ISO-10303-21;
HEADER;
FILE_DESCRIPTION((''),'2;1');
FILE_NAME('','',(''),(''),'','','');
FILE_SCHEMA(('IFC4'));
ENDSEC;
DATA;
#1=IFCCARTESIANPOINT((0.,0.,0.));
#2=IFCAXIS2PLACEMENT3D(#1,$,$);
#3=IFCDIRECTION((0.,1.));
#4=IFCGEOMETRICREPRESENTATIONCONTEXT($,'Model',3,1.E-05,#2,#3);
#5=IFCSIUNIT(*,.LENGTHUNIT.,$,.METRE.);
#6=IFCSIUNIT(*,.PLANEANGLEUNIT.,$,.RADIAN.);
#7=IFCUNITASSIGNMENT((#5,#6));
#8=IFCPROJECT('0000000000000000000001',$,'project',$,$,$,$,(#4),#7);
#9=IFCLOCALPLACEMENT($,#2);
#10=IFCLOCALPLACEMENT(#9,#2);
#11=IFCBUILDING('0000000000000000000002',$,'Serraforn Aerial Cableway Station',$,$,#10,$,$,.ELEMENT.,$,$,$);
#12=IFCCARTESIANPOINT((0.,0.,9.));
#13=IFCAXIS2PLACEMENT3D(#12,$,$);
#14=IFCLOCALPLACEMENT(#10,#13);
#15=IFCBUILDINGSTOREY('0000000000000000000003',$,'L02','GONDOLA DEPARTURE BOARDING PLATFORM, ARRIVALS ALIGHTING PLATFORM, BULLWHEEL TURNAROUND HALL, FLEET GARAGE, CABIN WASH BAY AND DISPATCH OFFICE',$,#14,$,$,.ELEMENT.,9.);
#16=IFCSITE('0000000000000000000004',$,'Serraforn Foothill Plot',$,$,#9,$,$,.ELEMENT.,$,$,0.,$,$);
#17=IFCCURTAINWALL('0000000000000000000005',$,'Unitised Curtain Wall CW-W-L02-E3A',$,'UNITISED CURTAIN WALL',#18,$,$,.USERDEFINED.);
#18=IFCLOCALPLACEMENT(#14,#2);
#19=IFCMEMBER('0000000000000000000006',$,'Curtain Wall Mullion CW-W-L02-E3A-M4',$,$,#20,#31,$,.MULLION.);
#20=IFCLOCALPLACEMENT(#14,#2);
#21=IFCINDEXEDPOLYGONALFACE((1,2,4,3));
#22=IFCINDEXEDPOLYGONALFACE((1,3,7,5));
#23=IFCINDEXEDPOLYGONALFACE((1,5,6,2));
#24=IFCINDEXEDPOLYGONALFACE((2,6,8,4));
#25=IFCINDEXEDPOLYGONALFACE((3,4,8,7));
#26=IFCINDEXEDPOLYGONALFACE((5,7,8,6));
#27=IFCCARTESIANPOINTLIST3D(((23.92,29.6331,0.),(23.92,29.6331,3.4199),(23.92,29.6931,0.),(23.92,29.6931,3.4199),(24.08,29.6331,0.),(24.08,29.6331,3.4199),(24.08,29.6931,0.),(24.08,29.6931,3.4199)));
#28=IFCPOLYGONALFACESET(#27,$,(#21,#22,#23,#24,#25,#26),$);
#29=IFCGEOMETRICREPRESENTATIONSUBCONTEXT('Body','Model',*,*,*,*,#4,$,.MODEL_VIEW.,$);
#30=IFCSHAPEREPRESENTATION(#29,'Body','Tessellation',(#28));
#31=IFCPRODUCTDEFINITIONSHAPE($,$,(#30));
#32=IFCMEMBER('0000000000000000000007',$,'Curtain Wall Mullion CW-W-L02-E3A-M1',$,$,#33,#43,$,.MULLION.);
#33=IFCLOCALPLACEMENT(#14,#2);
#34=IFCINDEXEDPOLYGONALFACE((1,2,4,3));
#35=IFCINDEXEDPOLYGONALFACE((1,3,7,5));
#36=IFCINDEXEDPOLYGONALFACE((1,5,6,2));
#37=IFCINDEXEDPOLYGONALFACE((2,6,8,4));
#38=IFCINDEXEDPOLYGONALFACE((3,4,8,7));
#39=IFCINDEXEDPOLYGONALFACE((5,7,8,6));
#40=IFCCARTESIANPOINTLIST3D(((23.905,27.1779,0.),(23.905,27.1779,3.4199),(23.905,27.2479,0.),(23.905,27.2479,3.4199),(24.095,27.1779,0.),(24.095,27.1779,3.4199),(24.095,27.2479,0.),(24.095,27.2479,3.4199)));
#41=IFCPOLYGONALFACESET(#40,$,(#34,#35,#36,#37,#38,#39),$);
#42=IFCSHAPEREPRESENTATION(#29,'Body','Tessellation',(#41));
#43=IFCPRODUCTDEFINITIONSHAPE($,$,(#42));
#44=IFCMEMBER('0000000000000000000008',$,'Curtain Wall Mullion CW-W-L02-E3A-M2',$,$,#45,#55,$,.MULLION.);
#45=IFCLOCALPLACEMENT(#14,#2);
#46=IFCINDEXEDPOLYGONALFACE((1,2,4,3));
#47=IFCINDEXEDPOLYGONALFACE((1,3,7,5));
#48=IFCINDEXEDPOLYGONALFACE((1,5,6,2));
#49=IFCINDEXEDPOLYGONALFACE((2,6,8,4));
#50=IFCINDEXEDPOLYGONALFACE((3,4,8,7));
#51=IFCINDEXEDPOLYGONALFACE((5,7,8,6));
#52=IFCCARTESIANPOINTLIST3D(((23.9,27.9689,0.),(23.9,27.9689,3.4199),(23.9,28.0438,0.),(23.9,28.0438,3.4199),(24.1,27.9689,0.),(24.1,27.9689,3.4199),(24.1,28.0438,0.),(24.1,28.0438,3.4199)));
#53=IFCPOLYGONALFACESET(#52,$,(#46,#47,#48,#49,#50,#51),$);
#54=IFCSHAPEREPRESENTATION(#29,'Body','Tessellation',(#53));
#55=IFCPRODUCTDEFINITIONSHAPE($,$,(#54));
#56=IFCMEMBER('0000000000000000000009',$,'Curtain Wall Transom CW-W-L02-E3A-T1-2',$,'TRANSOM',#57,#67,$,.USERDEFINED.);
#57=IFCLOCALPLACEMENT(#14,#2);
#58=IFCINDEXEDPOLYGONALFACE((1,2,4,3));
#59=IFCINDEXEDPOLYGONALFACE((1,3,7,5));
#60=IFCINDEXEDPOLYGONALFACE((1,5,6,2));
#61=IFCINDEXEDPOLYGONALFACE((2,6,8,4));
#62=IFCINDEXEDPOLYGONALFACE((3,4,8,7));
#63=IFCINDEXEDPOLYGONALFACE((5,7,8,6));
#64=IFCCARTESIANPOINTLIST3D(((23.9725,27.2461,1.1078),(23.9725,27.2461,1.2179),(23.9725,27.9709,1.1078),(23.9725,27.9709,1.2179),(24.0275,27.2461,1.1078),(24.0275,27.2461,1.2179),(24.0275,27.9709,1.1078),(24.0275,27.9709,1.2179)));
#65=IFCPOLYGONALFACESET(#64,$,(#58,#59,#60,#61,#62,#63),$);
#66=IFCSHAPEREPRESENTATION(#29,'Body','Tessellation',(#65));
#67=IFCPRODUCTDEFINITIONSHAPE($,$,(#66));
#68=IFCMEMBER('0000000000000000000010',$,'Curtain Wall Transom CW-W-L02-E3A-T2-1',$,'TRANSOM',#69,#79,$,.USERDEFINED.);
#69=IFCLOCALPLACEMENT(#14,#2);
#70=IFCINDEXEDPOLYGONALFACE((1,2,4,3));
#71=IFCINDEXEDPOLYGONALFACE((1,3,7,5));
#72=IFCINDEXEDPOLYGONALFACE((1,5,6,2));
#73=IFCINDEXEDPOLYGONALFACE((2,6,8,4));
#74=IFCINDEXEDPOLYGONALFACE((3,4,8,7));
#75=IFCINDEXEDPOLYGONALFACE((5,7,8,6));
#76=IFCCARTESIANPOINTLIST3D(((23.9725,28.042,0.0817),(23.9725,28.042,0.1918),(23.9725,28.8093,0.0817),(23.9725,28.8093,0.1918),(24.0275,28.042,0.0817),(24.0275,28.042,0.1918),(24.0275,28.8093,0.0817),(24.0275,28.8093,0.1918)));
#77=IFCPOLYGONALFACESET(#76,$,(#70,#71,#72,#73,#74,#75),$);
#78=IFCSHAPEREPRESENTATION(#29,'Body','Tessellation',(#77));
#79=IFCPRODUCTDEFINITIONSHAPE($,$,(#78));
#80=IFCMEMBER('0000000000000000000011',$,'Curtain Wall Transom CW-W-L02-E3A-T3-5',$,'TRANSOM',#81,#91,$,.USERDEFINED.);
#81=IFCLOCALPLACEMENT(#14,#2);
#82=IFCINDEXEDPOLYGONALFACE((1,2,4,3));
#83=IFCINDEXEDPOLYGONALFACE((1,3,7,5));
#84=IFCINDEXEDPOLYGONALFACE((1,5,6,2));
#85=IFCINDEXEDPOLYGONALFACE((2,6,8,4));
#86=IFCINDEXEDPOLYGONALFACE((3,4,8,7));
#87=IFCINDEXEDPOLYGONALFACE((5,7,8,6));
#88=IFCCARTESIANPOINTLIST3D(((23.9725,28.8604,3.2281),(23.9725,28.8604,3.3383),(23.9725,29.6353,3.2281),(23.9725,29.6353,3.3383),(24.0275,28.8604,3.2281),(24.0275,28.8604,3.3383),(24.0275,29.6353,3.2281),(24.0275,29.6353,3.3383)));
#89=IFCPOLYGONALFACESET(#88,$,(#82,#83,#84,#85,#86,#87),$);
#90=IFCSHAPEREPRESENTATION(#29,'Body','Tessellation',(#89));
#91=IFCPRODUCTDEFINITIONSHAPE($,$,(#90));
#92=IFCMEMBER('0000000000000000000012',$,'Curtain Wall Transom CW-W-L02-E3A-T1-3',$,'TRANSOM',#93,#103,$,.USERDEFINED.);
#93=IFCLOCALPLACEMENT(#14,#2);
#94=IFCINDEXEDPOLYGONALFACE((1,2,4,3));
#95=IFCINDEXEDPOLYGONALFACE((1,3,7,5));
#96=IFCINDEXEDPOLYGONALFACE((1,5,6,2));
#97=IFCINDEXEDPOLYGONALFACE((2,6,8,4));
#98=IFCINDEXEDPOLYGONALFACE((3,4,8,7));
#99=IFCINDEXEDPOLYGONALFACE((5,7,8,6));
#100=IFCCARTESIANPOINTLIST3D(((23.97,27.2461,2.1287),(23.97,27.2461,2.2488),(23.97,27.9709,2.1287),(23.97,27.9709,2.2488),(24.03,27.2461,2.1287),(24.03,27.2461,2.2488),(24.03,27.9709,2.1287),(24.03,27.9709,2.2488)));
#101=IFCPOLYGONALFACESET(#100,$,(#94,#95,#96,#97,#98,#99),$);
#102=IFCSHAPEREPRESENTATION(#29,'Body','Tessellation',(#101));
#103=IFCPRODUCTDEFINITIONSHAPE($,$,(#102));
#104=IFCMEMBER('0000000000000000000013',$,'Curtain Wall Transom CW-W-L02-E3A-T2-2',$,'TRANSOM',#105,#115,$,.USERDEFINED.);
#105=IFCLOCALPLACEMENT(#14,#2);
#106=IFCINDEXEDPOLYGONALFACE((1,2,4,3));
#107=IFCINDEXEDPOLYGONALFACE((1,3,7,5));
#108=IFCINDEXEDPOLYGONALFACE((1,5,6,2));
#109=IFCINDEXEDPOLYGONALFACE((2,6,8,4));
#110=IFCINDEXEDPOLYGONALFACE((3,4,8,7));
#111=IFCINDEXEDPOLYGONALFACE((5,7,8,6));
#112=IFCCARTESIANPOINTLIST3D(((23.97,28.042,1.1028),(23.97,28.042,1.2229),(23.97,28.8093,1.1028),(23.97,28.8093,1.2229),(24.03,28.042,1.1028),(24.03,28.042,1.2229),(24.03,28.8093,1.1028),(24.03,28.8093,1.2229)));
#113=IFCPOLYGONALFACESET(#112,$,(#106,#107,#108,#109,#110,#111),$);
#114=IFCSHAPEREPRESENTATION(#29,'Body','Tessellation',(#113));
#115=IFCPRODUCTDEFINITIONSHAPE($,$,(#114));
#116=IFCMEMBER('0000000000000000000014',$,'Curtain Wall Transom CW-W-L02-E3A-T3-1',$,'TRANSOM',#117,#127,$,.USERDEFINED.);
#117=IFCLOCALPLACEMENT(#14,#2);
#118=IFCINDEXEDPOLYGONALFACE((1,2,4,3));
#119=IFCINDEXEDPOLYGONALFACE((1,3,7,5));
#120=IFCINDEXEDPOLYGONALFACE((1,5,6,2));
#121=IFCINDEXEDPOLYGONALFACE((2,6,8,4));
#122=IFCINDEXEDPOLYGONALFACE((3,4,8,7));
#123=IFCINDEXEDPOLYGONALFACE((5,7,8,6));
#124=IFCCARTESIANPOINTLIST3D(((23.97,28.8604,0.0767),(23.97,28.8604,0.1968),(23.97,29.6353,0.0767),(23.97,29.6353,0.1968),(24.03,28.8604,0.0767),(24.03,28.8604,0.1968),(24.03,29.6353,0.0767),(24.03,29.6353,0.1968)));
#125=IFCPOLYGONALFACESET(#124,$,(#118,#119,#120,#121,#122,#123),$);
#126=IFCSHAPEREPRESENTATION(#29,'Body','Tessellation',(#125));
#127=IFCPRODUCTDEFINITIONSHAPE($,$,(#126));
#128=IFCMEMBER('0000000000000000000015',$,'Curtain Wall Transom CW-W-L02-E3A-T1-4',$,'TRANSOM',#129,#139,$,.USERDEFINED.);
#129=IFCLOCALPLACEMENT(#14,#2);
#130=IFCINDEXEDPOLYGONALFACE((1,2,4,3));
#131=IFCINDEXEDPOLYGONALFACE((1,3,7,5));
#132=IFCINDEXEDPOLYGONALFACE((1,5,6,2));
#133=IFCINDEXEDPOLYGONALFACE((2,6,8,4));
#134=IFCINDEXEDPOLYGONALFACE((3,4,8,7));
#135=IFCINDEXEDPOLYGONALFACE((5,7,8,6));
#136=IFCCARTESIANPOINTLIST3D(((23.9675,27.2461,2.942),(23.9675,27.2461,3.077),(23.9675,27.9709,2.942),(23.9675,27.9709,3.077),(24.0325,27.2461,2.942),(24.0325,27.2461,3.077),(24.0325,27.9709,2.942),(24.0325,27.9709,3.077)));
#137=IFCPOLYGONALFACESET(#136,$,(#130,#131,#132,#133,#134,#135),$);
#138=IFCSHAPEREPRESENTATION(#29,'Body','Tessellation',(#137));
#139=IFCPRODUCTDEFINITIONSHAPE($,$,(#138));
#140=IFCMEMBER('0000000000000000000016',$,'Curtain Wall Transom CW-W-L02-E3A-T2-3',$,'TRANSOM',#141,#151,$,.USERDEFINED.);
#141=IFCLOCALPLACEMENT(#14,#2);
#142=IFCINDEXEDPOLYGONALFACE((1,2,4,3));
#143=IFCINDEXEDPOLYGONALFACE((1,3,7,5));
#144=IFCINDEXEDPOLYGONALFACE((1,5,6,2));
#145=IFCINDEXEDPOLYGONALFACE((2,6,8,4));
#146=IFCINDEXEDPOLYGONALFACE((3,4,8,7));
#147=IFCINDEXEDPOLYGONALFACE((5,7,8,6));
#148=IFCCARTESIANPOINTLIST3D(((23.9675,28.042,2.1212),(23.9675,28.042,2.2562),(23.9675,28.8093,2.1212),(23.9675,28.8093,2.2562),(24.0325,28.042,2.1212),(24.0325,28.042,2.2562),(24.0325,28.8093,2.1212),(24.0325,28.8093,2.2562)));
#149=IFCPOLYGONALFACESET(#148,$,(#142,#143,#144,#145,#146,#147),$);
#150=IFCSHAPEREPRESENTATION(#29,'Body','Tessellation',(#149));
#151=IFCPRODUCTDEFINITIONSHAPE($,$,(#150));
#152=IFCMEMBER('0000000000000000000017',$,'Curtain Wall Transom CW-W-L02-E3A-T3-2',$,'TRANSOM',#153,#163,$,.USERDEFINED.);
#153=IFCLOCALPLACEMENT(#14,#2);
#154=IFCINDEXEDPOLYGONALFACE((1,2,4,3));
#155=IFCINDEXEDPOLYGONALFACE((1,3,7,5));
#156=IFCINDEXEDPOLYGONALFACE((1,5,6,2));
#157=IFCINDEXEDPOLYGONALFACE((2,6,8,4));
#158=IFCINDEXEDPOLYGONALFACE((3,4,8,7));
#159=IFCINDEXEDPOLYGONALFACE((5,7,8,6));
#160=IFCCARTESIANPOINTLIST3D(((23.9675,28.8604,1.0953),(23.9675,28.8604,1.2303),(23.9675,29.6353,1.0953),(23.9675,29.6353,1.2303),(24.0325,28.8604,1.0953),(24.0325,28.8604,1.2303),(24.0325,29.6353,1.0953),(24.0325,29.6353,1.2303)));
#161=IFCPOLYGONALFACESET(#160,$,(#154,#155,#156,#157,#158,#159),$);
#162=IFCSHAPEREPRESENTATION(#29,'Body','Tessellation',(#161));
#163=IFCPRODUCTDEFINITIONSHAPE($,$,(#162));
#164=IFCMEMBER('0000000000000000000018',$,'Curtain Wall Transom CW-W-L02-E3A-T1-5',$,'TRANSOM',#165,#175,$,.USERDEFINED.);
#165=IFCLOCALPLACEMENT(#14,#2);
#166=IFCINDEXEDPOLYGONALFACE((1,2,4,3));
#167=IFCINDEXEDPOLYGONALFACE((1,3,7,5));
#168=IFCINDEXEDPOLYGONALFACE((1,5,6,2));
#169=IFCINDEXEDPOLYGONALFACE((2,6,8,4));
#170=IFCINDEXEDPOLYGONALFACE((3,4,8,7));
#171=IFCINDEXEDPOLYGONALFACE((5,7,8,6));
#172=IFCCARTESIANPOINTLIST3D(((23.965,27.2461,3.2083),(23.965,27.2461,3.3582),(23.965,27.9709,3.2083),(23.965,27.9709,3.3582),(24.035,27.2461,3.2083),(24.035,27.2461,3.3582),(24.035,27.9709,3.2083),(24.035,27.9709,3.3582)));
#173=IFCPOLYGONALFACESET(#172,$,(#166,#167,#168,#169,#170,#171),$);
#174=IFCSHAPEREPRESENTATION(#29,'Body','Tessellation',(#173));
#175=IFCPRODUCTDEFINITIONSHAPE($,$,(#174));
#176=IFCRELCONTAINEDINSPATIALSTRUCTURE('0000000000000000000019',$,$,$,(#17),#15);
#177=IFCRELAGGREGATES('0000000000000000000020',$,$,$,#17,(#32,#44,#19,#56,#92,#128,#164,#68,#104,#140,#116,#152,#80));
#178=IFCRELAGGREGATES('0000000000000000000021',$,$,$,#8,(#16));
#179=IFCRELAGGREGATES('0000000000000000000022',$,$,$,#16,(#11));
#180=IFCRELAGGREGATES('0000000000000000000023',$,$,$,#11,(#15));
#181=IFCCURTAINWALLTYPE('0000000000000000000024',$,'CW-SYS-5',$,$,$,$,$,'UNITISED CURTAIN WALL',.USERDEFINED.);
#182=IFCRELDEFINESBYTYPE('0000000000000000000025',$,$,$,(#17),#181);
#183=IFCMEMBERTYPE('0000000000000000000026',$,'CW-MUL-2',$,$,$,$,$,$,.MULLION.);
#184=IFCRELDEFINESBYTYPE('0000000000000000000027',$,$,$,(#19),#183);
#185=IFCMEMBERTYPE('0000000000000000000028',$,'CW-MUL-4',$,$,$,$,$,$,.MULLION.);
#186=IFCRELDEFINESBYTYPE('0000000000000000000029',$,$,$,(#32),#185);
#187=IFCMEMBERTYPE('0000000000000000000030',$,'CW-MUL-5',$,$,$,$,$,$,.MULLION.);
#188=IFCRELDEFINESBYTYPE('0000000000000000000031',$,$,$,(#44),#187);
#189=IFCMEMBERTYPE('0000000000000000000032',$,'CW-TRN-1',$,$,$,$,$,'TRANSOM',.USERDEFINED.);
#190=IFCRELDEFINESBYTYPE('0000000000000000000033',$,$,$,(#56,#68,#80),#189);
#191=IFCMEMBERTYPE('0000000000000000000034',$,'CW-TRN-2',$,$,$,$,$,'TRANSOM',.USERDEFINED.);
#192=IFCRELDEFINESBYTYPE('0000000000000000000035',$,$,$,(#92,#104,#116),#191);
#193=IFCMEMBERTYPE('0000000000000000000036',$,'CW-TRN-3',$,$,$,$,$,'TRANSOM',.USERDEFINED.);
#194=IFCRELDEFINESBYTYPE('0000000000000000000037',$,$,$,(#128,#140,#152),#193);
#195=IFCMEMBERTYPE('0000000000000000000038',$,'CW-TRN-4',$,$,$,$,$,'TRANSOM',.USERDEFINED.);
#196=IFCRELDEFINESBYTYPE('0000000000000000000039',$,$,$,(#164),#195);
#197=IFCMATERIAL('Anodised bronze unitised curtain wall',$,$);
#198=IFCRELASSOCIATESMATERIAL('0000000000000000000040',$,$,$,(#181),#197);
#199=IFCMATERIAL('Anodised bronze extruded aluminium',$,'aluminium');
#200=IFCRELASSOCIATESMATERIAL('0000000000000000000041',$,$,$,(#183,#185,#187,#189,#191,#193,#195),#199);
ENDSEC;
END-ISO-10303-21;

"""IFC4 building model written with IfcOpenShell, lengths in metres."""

from ifc_helpers import new_model, si_unit, direction, frame, origin, origin_2d, place, context, subcontext, project, spatial, rectangle, extrude, material, material_profile, profile_set, type_object, element, aggregate, save


model = new_model("IFC4")

# Units and contexts
model_context = context("Model", 3, precision=1e-05, world=origin(), true_north=direction((0.0, 1.0)))
body_context = subcontext(model_context, "Body", "Model", "MODEL_VIEW")
ifc_project = project(units=[si_unit("LENGTHUNIT", "METRE"), si_unit("PLANEANGLEUNIT", "RADIAN")], contexts=[model_context])

# Site, building, storey
site_placement = place(None, origin())
site = spatial("IfcSite", under=ifc_project, at=site_placement, Name="Serraforn Foothill Plot", CompositionType="ELEMENT", RefElevation=0.0)
building_placement = place(site_placement, origin())
building = spatial("IfcBuilding", under=site, at=building_placement, Name="Serraforn Aerial Cableway Station", CompositionType="ELEMENT")
storey_placement = place(building_placement, frame((0.0, 0.0, 9.0)))
storey = spatial("IfcBuildingStorey", under=building, at=storey_placement, Name="L02", Description="GONDOLA DEPARTURE BOARDING PLATFORM, ARRIVALS ALIGHTING PLATFORM, BULLWHEEL TURNAROUND HALL, FLEET GARAGE, CABIN WASH BAY AND DISPATCH OFFICE", CompositionType="ELEMENT", Elevation=9.0)

# Curtain wall, members
ifc_material_1 = material(Name="Anodised bronze unitised curtain wall")
curtain_wall_type = type_object("IfcCurtainWallType", Name="CW-SYS-5", ElementType="UNITISED CURTAIN WALL", PredefinedType="USERDEFINED", material=ifc_material_1)
curtain_wall_placement = place(storey_placement, origin())
curtain_wall = element("IfcCurtainWall", 1, at=curtain_wall_placement, inside=storey, type_object=curtain_wall_type, Name="Unitised Curtain Wall CW-W-L02-E3A", ObjectType="UNITISED CURTAIN WALL", PredefinedType="USERDEFINED")
ifc_material_2 = material(Name="Anodised bronze extruded aluminium", Category="aluminium")
ifc_material_profile_1 = material_profile(ifc_material_2, rectangle(XDim=0.0601, YDim=0.1599, at=origin_2d()), Name="CW MULLION 60x160")
ifc_profile_set_1 = profile_set([ifc_material_profile_1], Name="Anodised bronze extruded aluminium")
member_type_1 = type_object("IfcMemberType", Name="CW-MUL-2", PredefinedType="MULLION", material=ifc_profile_set_1)
member_1_placement = place(storey_placement, frame((24.0, 29.6631, 0.0), z_axis=(0.0, 0.0, 1.0), x_axis=(0.0, 1.0, 0.0)))
member_1 = element("IfcMember", 2, at=member_1_placement, type_object=member_type_1, Name="Curtain Wall Mullion CW-W-L02-E3A-M4", PredefinedType="MULLION", context=body_context, shape_type="SweptSolid", body=[
    extrude(rectangle(XDim=0.0601, YDim=0.1599, at=origin_2d()), origin(), (0.0, 0.0, 1.0), 3.4199),
])
ifc_material_profile_2 = material_profile(ifc_material_2, rectangle(XDim=0.0701, YDim=0.1899, at=origin_2d()), Name="CW MULLION 70x190")
ifc_profile_set_2 = profile_set([ifc_material_profile_2], Name="Anodised bronze extruded aluminium")
member_type_2 = type_object("IfcMemberType", Name="CW-MUL-4", PredefinedType="MULLION", material=ifc_profile_set_2)
member_2_placement = place(storey_placement, frame((24.0, 27.2129, 0.0), z_axis=(0.0, 0.0, 1.0), x_axis=(0.0, 1.0, 0.0)))
member_2 = element("IfcMember", 3, at=member_2_placement, type_object=member_type_2, Name="Curtain Wall Mullion CW-W-L02-E3A-M1", PredefinedType="MULLION", context=body_context, shape_type="SweptSolid", body=[
    extrude(rectangle(XDim=0.0701, YDim=0.1899, at=origin_2d()), origin(), (0.0, 0.0, 1.0), 3.4199),
])
ifc_material_profile_3 = material_profile(ifc_material_2, rectangle(XDim=0.075, YDim=0.2, at=origin_2d()), Name="CW MULLION 75x200")
ifc_profile_set_3 = profile_set([ifc_material_profile_3], Name="Anodised bronze extruded aluminium")
member_type_3 = type_object("IfcMemberType", Name="CW-MUL-5", PredefinedType="MULLION", material=ifc_profile_set_3)
member_3_placement = place(storey_placement, frame((24.0, 28.0063, 0.0), z_axis=(0.0, 0.0, 1.0), x_axis=(0.0, 1.0, 0.0)))
member_3 = element("IfcMember", 4, at=member_3_placement, type_object=member_type_3, Name="Curtain Wall Mullion CW-W-L02-E3A-M2", PredefinedType="MULLION", context=body_context, shape_type="SweptSolid", body=[
    extrude(rectangle(XDim=0.075, YDim=0.2, at=origin_2d()), origin(), (0.0, 0.0, 1.0), 3.4199),
])
ifc_material_profile_4 = material_profile(ifc_material_2, rectangle(XDim=0.0549, YDim=0.1101, at=origin_2d()), Name="CW TRANSOM 55x110")
ifc_profile_set_4 = profile_set([ifc_material_profile_4], Name="Anodised bronze extruded aluminium")
member_type_4 = type_object("IfcMemberType", Name="CW-TRN-1", ElementType="TRANSOM", PredefinedType="USERDEFINED", material=ifc_profile_set_4)
member_4_placement = place(storey_placement, frame((24.0, 27.2461, 1.1628), z_axis=(0.0, 1.0, 0.0), x_axis=(-1.0, 0.0, 0.0)))
member_4 = element("IfcMember", 5, at=member_4_placement, type_object=member_type_4, Name="Curtain Wall Transom CW-W-L02-E3A-T1-2", ObjectType="TRANSOM", PredefinedType="USERDEFINED", context=body_context, shape_type="SweptSolid", body=[
    extrude(rectangle(XDim=0.0549, YDim=0.1101, at=origin_2d()), origin(), (0.0, 0.0, 1.0), 0.7249),
])
member_5_placement = place(storey_placement, frame((24.0, 28.042, 0.1367), z_axis=(0.0, 1.0, 0.0), x_axis=(-1.0, 0.0, 0.0)))
member_5 = element("IfcMember", 6, at=member_5_placement, type_object=member_type_4, Name="Curtain Wall Transom CW-W-L02-E3A-T2-1", ObjectType="TRANSOM", PredefinedType="USERDEFINED", context=body_context, shape_type="SweptSolid", body=[
    extrude(rectangle(XDim=0.0549, YDim=0.1101, at=origin_2d()), origin(), (0.0, 0.0, 1.0), 0.7673),
])
member_6_placement = place(storey_placement, frame((24.0, 28.8604, 3.2832), z_axis=(0.0, 1.0, 0.0), x_axis=(-1.0, 0.0, 0.0)))
member_6 = element("IfcMember", 7, at=member_6_placement, type_object=member_type_4, Name="Curtain Wall Transom CW-W-L02-E3A-T3-5", ObjectType="TRANSOM", PredefinedType="USERDEFINED", context=body_context, shape_type="SweptSolid", body=[
    extrude(rectangle(XDim=0.0549, YDim=0.1101, at=origin_2d()), origin(), (0.0, 0.0, 1.0), 0.7749),
])
ifc_material_profile_5 = material_profile(ifc_material_2, rectangle(XDim=0.0601, YDim=0.1201, at=origin_2d()), Name="CW TRANSOM 60x120")
ifc_profile_set_5 = profile_set([ifc_material_profile_5], Name="Anodised bronze extruded aluminium")
member_type_5 = type_object("IfcMemberType", Name="CW-TRN-2", ElementType="TRANSOM", PredefinedType="USERDEFINED", material=ifc_profile_set_5)
member_7_placement = place(storey_placement, frame((24.0, 27.2461, 2.1887), z_axis=(0.0, 1.0, 0.0), x_axis=(-1.0, 0.0, 0.0)))
member_7 = element("IfcMember", 8, at=member_7_placement, type_object=member_type_5, Name="Curtain Wall Transom CW-W-L02-E3A-T1-3", ObjectType="TRANSOM", PredefinedType="USERDEFINED", context=body_context, shape_type="SweptSolid", body=[
    extrude(rectangle(XDim=0.0601, YDim=0.1201, at=origin_2d()), origin(), (0.0, 0.0, 1.0), 0.7249),
])
member_8_placement = place(storey_placement, frame((24.0, 28.042, 1.1628), z_axis=(0.0, 1.0, 0.0), x_axis=(-1.0, 0.0, 0.0)))
member_8 = element("IfcMember", 9, at=member_8_placement, type_object=member_type_5, Name="Curtain Wall Transom CW-W-L02-E3A-T2-2", ObjectType="TRANSOM", PredefinedType="USERDEFINED", context=body_context, shape_type="SweptSolid", body=[
    extrude(rectangle(XDim=0.0601, YDim=0.1201, at=origin_2d()), origin(), (0.0, 0.0, 1.0), 0.7673),
])
member_9_placement = place(storey_placement, frame((24.0, 28.8604, 0.1367), z_axis=(0.0, 1.0, 0.0), x_axis=(-1.0, 0.0, 0.0)))
member_9 = element("IfcMember", 10, at=member_9_placement, type_object=member_type_5, Name="Curtain Wall Transom CW-W-L02-E3A-T3-1", ObjectType="TRANSOM", PredefinedType="USERDEFINED", context=body_context, shape_type="SweptSolid", body=[
    extrude(rectangle(XDim=0.0601, YDim=0.1201, at=origin_2d()), origin(), (0.0, 0.0, 1.0), 0.7749),
])
ifc_material_profile_6 = material_profile(ifc_material_2, rectangle(XDim=0.0649, YDim=0.135, at=origin_2d()), Name="CW TRANSOM 65x135")
ifc_profile_set_6 = profile_set([ifc_material_profile_6], Name="Anodised bronze extruded aluminium")
member_type_6 = type_object("IfcMemberType", Name="CW-TRN-3", ElementType="TRANSOM", PredefinedType="USERDEFINED", material=ifc_profile_set_6)
member_10_placement = place(storey_placement, frame((24.0, 27.2461, 3.0095), z_axis=(0.0, 1.0, 0.0), x_axis=(-1.0, 0.0, 0.0)))
member_10 = element("IfcMember", 11, at=member_10_placement, type_object=member_type_6, Name="Curtain Wall Transom CW-W-L02-E3A-T1-4", ObjectType="TRANSOM", PredefinedType="USERDEFINED", context=body_context, shape_type="SweptSolid", body=[
    extrude(rectangle(XDim=0.0649, YDim=0.135, at=origin_2d()), origin(), (0.0, 0.0, 1.0), 0.7249),
])
member_11_placement = place(storey_placement, frame((24.0, 28.042, 2.1887), z_axis=(0.0, 1.0, 0.0), x_axis=(-1.0, 0.0, 0.0)))
member_11 = element("IfcMember", 12, at=member_11_placement, type_object=member_type_6, Name="Curtain Wall Transom CW-W-L02-E3A-T2-3", ObjectType="TRANSOM", PredefinedType="USERDEFINED", context=body_context, shape_type="SweptSolid", body=[
    extrude(rectangle(XDim=0.0649, YDim=0.135, at=origin_2d()), origin(), (0.0, 0.0, 1.0), 0.7673),
])
member_12_placement = place(storey_placement, frame((24.0, 28.8604, 1.1628), z_axis=(0.0, 1.0, 0.0), x_axis=(-1.0, 0.0, 0.0)))
member_12 = element("IfcMember", 13, at=member_12_placement, type_object=member_type_6, Name="Curtain Wall Transom CW-W-L02-E3A-T3-2", ObjectType="TRANSOM", PredefinedType="USERDEFINED", context=body_context, shape_type="SweptSolid", body=[
    extrude(rectangle(XDim=0.0649, YDim=0.135, at=origin_2d()), origin(), (0.0, 0.0, 1.0), 0.7749),
])
ifc_material_profile_7 = material_profile(ifc_material_2, rectangle(XDim=0.0701, YDim=0.1499, at=origin_2d()), Name="CW TRANSOM 70x150")
ifc_profile_set_7 = profile_set([ifc_material_profile_7], Name="Anodised bronze extruded aluminium")
member_type_7 = type_object("IfcMemberType", Name="CW-TRN-4", ElementType="TRANSOM", PredefinedType="USERDEFINED", material=ifc_profile_set_7)
member_13_placement = place(storey_placement, frame((24.0, 27.2461, 3.2832), z_axis=(0.0, 1.0, 0.0), x_axis=(-1.0, 0.0, 0.0)))
member_13 = element("IfcMember", 14, at=member_13_placement, type_object=member_type_7, Name="Curtain Wall Transom CW-W-L02-E3A-T1-5", ObjectType="TRANSOM", PredefinedType="USERDEFINED", context=body_context, shape_type="SweptSolid", body=[
    extrude(rectangle(XDim=0.0701, YDim=0.1499, at=origin_2d()), origin(), (0.0, 0.0, 1.0), 0.7249),
])
aggregate(curtain_wall, [member_2, member_3, member_1, member_4, member_7, member_10, member_13, member_5, member_8, member_11, member_9, member_12, member_6])

save(model, "model.ifc")
